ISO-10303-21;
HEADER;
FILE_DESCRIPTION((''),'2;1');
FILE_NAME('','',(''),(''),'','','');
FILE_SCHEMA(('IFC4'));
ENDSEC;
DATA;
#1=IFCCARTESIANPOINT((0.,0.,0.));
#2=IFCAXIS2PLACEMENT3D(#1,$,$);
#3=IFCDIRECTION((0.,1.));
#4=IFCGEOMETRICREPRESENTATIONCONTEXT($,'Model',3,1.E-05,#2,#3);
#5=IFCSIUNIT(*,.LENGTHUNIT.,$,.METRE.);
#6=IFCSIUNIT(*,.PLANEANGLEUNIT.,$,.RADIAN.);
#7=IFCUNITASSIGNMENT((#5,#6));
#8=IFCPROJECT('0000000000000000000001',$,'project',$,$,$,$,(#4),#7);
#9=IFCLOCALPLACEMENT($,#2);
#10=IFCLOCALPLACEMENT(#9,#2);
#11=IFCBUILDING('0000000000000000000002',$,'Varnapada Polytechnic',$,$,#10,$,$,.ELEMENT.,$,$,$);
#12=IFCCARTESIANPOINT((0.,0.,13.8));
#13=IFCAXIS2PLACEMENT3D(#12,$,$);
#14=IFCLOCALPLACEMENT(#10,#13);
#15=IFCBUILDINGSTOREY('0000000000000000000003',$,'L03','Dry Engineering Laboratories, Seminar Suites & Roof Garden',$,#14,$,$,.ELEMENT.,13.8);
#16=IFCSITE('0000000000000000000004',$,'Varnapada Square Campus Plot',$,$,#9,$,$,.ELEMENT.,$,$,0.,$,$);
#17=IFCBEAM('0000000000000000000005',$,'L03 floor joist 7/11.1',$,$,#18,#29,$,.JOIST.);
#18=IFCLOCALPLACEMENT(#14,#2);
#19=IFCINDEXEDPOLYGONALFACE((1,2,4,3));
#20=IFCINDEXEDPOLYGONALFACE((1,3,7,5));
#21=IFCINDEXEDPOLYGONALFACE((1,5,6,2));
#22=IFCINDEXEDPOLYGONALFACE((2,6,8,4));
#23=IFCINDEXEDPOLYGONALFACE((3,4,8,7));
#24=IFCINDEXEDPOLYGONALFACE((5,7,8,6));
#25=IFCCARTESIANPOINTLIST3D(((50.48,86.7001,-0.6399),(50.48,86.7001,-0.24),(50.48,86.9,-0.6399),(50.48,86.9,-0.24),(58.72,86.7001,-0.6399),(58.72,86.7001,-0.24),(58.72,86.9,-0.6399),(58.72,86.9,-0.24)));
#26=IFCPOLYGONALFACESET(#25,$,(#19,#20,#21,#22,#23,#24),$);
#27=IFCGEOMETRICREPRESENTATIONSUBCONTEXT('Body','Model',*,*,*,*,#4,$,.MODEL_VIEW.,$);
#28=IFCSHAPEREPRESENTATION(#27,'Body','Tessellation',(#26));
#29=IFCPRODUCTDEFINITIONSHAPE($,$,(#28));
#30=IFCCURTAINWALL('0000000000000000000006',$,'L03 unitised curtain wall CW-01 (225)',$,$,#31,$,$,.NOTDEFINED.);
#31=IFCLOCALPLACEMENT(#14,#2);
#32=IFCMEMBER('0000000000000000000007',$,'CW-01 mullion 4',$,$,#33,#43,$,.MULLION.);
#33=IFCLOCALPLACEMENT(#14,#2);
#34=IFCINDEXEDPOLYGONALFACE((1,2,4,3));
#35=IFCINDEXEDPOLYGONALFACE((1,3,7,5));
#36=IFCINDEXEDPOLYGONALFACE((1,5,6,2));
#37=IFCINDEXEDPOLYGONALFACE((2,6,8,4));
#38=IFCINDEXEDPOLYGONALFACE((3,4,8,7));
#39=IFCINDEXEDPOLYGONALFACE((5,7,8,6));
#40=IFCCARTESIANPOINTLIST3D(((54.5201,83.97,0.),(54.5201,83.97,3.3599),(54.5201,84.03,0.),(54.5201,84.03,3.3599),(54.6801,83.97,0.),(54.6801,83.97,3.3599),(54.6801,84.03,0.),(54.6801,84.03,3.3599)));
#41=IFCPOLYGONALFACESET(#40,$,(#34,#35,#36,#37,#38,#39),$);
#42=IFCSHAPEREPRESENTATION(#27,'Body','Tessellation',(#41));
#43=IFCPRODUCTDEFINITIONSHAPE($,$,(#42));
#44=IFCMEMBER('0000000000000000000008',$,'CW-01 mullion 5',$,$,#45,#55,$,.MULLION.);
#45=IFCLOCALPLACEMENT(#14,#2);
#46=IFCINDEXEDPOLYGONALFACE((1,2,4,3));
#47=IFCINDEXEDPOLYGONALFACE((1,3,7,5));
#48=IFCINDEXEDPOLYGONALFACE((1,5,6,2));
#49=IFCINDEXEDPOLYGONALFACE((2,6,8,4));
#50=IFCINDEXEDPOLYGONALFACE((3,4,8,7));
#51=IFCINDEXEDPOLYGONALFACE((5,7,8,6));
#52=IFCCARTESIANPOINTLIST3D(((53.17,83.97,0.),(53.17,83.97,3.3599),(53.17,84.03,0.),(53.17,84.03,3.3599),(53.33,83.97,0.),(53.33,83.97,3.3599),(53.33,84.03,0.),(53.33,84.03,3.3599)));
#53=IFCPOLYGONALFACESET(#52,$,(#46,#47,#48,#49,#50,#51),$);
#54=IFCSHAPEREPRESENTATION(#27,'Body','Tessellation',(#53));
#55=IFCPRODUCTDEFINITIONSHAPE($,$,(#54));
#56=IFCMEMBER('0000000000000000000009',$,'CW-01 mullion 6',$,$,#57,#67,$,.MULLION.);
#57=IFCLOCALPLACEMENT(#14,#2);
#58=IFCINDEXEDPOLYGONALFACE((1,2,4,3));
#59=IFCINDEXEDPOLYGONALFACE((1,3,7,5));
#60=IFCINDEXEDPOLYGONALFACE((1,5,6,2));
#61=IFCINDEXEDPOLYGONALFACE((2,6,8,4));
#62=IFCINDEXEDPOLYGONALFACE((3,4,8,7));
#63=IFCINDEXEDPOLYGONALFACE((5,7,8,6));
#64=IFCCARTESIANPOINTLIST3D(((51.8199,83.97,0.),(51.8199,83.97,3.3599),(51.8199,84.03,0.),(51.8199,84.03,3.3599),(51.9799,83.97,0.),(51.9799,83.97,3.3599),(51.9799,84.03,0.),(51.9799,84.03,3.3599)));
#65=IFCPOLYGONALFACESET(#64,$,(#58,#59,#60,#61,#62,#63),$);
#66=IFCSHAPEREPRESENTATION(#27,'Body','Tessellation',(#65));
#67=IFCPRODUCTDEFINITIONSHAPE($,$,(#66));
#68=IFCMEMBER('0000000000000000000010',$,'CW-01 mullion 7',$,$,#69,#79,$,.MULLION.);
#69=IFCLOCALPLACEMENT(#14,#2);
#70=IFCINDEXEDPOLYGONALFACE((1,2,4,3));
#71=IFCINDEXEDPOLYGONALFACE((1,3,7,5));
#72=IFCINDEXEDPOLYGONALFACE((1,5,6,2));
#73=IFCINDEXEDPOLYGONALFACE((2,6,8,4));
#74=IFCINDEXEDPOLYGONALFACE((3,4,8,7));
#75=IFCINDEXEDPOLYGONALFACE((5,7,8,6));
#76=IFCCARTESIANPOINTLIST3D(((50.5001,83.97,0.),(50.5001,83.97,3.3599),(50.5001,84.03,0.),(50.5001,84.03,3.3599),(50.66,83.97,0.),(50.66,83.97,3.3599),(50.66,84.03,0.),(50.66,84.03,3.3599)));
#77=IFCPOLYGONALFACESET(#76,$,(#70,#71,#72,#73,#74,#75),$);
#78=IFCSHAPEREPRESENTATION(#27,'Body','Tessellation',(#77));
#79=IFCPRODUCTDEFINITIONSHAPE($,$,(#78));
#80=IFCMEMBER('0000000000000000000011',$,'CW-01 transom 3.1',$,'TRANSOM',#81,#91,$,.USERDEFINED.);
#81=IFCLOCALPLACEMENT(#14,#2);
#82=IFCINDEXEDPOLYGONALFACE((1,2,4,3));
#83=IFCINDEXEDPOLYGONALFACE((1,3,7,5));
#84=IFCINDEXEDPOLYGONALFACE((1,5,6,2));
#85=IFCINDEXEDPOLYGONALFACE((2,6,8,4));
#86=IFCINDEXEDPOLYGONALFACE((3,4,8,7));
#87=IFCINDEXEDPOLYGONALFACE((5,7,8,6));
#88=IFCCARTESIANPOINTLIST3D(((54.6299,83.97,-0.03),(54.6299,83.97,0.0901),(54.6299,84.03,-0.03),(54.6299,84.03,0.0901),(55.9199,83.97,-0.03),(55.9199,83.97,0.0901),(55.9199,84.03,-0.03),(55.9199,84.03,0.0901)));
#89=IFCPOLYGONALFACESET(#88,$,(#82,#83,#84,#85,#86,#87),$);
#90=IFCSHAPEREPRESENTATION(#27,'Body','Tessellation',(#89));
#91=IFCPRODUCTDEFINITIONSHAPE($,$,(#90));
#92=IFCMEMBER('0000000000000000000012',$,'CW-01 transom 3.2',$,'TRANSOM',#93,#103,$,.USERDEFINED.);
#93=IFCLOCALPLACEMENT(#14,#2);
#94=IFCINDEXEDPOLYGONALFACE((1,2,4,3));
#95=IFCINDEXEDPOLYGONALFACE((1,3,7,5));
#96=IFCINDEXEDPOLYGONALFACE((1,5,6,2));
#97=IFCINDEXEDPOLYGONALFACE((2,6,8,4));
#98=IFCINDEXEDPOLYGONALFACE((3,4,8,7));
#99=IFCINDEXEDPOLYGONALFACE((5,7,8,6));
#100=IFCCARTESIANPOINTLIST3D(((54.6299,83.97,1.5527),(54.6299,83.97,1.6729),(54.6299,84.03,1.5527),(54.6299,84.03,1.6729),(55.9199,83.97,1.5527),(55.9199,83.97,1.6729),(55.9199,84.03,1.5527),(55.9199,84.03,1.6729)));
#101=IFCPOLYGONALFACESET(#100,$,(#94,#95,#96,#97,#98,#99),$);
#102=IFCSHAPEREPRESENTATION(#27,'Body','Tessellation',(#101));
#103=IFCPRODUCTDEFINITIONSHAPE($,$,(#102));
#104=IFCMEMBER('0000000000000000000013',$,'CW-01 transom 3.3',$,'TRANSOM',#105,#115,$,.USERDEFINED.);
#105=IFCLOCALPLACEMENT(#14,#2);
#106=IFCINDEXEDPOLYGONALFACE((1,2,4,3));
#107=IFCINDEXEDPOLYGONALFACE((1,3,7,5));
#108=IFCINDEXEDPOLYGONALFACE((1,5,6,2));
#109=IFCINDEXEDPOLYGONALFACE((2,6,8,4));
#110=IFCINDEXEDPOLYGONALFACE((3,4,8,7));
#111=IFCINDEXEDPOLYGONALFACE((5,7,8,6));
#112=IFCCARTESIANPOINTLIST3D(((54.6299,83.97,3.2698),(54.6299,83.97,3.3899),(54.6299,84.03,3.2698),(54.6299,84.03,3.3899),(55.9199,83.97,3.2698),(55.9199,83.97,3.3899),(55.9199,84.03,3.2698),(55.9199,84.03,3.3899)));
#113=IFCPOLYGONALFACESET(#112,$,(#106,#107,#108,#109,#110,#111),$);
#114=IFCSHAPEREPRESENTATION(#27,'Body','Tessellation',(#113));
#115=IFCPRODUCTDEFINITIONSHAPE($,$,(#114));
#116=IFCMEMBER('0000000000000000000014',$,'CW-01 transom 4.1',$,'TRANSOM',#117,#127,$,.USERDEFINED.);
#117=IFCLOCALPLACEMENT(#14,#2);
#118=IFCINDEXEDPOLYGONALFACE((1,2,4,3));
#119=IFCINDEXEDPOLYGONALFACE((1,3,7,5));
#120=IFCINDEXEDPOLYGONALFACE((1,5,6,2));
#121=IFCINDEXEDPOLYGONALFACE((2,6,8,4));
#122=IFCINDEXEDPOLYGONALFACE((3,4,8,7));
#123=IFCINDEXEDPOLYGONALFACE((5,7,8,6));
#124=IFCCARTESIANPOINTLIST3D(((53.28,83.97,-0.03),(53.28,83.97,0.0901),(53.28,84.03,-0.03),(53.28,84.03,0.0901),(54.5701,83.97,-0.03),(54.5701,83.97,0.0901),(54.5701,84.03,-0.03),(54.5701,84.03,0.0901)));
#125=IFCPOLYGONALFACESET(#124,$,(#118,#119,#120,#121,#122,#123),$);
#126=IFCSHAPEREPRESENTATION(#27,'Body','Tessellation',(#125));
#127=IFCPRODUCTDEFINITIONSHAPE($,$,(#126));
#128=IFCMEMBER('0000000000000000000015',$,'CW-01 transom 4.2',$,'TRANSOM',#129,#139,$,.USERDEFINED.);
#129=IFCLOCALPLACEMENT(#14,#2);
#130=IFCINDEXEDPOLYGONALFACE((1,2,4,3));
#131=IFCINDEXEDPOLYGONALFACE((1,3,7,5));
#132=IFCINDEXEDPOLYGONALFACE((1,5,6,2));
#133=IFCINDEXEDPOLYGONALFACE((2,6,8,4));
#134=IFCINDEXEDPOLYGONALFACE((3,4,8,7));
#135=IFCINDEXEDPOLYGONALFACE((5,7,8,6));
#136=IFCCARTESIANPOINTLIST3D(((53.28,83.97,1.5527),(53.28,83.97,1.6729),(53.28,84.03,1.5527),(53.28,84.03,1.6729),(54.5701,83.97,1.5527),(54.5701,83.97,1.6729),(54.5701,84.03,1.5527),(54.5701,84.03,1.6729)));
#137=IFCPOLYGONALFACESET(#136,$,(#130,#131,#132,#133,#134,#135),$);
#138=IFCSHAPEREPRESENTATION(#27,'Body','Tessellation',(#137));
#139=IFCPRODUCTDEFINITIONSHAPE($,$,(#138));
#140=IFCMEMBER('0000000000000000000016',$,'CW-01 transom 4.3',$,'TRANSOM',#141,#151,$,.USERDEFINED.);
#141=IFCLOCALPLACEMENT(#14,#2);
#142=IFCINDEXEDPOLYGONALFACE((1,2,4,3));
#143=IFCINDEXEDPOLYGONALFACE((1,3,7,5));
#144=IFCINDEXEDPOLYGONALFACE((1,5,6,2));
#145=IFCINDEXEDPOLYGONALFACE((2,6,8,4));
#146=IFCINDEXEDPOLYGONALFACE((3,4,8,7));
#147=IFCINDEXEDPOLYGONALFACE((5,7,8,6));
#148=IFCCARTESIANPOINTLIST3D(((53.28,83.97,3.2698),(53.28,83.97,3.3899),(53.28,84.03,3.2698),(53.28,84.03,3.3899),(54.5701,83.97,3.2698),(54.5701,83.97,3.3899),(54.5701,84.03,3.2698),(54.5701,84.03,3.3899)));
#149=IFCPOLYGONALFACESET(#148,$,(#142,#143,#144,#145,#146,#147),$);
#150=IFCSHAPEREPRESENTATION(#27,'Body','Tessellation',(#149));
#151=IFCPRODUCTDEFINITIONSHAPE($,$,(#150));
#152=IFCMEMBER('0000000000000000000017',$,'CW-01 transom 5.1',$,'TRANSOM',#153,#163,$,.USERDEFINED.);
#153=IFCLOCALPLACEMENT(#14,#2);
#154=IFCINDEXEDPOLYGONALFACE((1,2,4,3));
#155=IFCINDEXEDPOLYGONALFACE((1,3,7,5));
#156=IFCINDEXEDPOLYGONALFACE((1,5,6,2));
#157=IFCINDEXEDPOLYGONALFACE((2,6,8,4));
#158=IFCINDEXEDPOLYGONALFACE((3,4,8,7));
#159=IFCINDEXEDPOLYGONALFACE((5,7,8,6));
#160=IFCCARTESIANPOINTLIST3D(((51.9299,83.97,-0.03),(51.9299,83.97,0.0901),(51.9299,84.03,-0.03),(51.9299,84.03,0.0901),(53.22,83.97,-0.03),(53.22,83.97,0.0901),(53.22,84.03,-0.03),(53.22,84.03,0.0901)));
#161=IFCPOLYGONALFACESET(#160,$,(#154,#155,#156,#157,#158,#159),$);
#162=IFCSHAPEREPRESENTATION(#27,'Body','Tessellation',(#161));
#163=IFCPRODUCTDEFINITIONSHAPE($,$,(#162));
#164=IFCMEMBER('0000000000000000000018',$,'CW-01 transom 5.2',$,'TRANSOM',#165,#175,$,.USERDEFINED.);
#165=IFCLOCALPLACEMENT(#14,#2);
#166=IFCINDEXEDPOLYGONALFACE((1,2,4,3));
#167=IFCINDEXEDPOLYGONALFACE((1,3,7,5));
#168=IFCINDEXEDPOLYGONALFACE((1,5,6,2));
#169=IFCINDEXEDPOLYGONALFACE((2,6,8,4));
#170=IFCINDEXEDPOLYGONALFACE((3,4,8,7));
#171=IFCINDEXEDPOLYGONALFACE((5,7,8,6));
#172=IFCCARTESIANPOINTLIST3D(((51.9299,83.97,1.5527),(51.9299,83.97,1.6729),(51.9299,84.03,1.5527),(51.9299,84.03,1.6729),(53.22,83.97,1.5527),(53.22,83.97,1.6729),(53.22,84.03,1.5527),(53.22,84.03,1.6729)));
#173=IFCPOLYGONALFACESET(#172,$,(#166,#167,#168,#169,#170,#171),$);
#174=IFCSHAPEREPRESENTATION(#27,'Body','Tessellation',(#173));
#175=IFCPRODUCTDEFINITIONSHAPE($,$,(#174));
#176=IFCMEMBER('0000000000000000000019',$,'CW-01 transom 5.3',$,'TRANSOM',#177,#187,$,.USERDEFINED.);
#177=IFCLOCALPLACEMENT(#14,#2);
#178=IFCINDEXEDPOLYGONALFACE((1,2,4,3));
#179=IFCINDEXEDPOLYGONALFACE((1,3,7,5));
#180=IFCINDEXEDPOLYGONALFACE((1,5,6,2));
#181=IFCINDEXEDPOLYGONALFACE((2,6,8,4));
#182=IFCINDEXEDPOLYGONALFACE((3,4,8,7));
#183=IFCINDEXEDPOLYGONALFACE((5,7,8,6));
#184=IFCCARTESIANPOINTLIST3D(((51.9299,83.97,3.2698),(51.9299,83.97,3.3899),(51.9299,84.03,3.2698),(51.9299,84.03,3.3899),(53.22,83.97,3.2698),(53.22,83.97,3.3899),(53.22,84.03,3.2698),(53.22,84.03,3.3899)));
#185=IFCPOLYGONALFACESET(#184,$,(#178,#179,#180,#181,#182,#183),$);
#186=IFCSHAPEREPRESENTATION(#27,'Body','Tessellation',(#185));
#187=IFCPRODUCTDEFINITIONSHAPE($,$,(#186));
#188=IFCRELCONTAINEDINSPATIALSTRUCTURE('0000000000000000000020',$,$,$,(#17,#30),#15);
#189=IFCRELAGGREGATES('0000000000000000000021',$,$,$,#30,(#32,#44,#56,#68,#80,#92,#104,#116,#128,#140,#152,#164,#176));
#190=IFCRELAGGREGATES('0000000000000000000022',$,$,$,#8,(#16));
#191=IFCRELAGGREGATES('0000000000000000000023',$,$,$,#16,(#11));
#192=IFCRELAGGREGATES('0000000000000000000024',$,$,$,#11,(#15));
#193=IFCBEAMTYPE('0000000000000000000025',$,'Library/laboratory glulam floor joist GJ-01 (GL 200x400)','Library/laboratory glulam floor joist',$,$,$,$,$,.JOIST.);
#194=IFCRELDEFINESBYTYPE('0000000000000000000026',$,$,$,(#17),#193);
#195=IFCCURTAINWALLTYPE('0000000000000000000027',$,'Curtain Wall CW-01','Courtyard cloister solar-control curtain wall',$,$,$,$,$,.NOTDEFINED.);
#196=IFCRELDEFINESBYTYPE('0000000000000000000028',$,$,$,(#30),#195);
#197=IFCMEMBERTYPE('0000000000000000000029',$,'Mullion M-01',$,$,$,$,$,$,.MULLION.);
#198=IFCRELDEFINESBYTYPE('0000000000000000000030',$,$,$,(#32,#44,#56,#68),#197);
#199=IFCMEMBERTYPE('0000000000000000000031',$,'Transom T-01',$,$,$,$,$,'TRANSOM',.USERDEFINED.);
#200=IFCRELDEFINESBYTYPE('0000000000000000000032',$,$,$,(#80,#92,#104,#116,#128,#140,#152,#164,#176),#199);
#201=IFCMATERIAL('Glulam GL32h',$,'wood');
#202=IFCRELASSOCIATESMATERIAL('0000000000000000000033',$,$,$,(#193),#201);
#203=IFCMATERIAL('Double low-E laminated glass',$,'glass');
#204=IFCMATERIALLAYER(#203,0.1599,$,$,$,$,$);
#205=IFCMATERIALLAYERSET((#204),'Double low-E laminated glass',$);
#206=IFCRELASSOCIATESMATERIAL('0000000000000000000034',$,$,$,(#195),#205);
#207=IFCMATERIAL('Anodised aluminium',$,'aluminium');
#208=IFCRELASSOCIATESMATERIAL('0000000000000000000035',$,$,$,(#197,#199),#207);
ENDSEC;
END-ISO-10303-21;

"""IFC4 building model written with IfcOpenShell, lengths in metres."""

from ifc_helpers import new_model, si_unit, direction, frame, origin, origin_2d, place, context, subcontext, project, spatial, rectangle, extrude, material, layer, layer_set, material_profile, profile_set, type_object, element, aggregate, save


model = new_model("IFC4")

# Units and contexts
model_context = context("Model", 3, precision=1e-05, world=origin(), true_north=direction((0.0, 1.0)))
body_context = subcontext(model_context, "Body", "Model", "MODEL_VIEW")
ifc_project = project(units=[si_unit("LENGTHUNIT", "METRE"), si_unit("PLANEANGLEUNIT", "RADIAN")], contexts=[model_context])

# Site, building, storey
site_placement = place(None, origin())
site = spatial("IfcSite", under=ifc_project, at=site_placement, Name="Varnapada Square Campus Plot", CompositionType="ELEMENT", RefElevation=0.0)
building_placement = place(site_placement, origin())
building = spatial("IfcBuilding", under=site, at=building_placement, Name="Varnapada Polytechnic", CompositionType="ELEMENT")
storey_placement = place(building_placement, frame((0.0, 0.0, 13.8)))
storey = spatial("IfcBuildingStorey", under=building, at=storey_placement, Name="L03", Description="Dry Engineering Laboratories, Seminar Suites & Roof Garden", CompositionType="ELEMENT", Elevation=13.8)

# Beam
ifc_material_1 = material(Name="Glulam GL32h", Category="wood")
ifc_material_profile_1 = material_profile(ifc_material_1, rectangle(XDim=0.2, YDim=0.3999, at=origin_2d()), Name="GL 200x400")
ifc_profile_set_1 = profile_set([ifc_material_profile_1], Name="Glulam GL32h")
beam_type = type_object("IfcBeamType", Name="Library/laboratory glulam floor joist GJ-01 (GL 200x400)", Description="Library/laboratory glulam floor joist", PredefinedType="JOIST", material=ifc_profile_set_1)
beam_placement = place(storey_placement, frame((50.48, 86.8, -0.4399), z_axis=(1.0, 0.0, 0.0), x_axis=(0.0, 1.0, 0.0)))
element("IfcBeam", 1, at=beam_placement, inside=storey, type_object=beam_type, Name="L03 floor joist 7/11.1", PredefinedType="JOIST", context=body_context, shape_type="SweptSolid", body=[
    extrude(rectangle(XDim=0.2, YDim=0.3999, at=origin_2d()), origin(), (0.0, 0.0, 1.0), 8.24),
])

# Curtain wall, members
ifc_material_2 = material(Name="Double low-E laminated glass", Category="glass")
ifc_layer_1 = layer(ifc_material_2, 0.1599)
ifc_layer_set_1 = layer_set([ifc_layer_1], Name="Double low-E laminated glass")
curtain_wall_type = type_object("IfcCurtainWallType", Name="Curtain Wall CW-01", Description="Courtyard cloister solar-control curtain wall", PredefinedType="NOTDEFINED", material=ifc_layer_set_1)
curtain_wall_placement = place(storey_placement, origin())
curtain_wall = element("IfcCurtainWall", 2, at=curtain_wall_placement, inside=storey, type_object=curtain_wall_type, Name="L03 unitised curtain wall CW-01 (225)", PredefinedType="NOTDEFINED")
ifc_material_3 = material(Name="Anodised aluminium", Category="aluminium")
ifc_material_profile_2 = material_profile(ifc_material_3, rectangle(XDim=0.0601, YDim=0.1599, at=origin_2d()), Name="ALU M60x160")
ifc_profile_set_2 = profile_set([ifc_material_profile_2], Name="Anodised aluminium")
member_type_1 = type_object("IfcMemberType", Name="Mullion M-01", PredefinedType="MULLION", material=ifc_profile_set_2)
member_1_placement = place(storey_placement, frame((54.6001, 84.0, 0.0), z_axis=(0.0, 0.0, 1.0), x_axis=(0.0, -1.0, 0.0)))
member_1 = element("IfcMember", 3, at=member_1_placement, type_object=member_type_1, Name="CW-01 mullion 4", PredefinedType="MULLION", context=body_context, shape_type="SweptSolid", body=[
    extrude(rectangle(XDim=0.0601, YDim=0.1599, at=origin_2d()), origin(), (0.0, 0.0, 1.0), 3.3599),
])
member_2_placement = place(storey_placement, frame((53.25, 84.0, 0.0), z_axis=(0.0, 0.0, 1.0), x_axis=(0.0, -1.0, 0.0)))
member_2 = element("IfcMember", 4, at=member_2_placement, type_object=member_type_1, Name="CW-01 mullion 5", PredefinedType="MULLION", context=body_context, shape_type="SweptSolid", body=[
    extrude(rectangle(XDim=0.0601, YDim=0.1599, at=origin_2d()), origin(), (0.0, 0.0, 1.0), 3.3599),
])
member_3_placement = place(storey_placement, frame((51.8999, 84.0, 0.0), z_axis=(0.0, 0.0, 1.0), x_axis=(0.0, -1.0, 0.0)))
member_3 = element("IfcMember", 5, at=member_3_placement, type_object=member_type_1, Name="CW-01 mullion 6", PredefinedType="MULLION", context=body_context, shape_type="SweptSolid", body=[
    extrude(rectangle(XDim=0.0601, YDim=0.1599, at=origin_2d()), origin(), (0.0, 0.0, 1.0), 3.3599),
])
member_4_placement = place(storey_placement, frame((50.5801, 84.0, 0.0), z_axis=(0.0, 0.0, 1.0), x_axis=(0.0, -1.0, 0.0)))
member_4 = element("IfcMember", 6, at=member_4_placement, type_object=member_type_1, Name="CW-01 mullion 7", PredefinedType="MULLION", context=body_context, shape_type="SweptSolid", body=[
    extrude(rectangle(XDim=0.0601, YDim=0.1599, at=origin_2d()), origin(), (0.0, 0.0, 1.0), 3.3599),
])
ifc_material_profile_3 = material_profile(ifc_material_3, rectangle(XDim=0.0601, YDim=0.1201, at=origin_2d()), Name="ALU T60x120")
ifc_profile_set_3 = profile_set([ifc_material_profile_3], Name="Anodised aluminium")
member_type_2 = type_object("IfcMemberType", Name="Transom T-01", ElementType="TRANSOM", PredefinedType="USERDEFINED", material=ifc_profile_set_3)
member_5_placement = place(storey_placement, frame((55.9199, 84.0, 0.03), z_axis=(-1.0, 0.0, 0.0), x_axis=(0.0, -1.0, 0.0)))
member_5 = element("IfcMember", 7, at=member_5_placement, type_object=member_type_2, Name="CW-01 transom 3.1", ObjectType="TRANSOM", PredefinedType="USERDEFINED", context=body_context, shape_type="SweptSolid", body=[
    extrude(rectangle(XDim=0.0601, YDim=0.1201, at=origin_2d()), origin(), (0.0, 0.0, 1.0), 1.29),
])
member_6_placement = place(storey_placement, frame((55.9199, 84.0, 1.6128), z_axis=(-1.0, 0.0, 0.0), x_axis=(0.0, -1.0, 0.0)))
member_6 = element("IfcMember", 8, at=member_6_placement, type_object=member_type_2, Name="CW-01 transom 3.2", ObjectType="TRANSOM", PredefinedType="USERDEFINED", context=body_context, shape_type="SweptSolid", body=[
    extrude(rectangle(XDim=0.0601, YDim=0.1201, at=origin_2d()), origin(), (0.0, 0.0, 1.0), 1.29),
])
member_7_placement = place(storey_placement, frame((55.9199, 84.0, 3.3298), z_axis=(-1.0, 0.0, 0.0), x_axis=(0.0, -1.0, 0.0)))
member_7 = element("IfcMember", 9, at=member_7_placement, type_object=member_type_2, Name="CW-01 transom 3.3", ObjectType="TRANSOM", PredefinedType="USERDEFINED", context=body_context, shape_type="SweptSolid", body=[
    extrude(rectangle(XDim=0.0601, YDim=0.1201, at=origin_2d()), origin(), (0.0, 0.0, 1.0), 1.29),
])
member_8_placement = place(storey_placement, frame((54.5701, 84.0, 0.03), z_axis=(-1.0, 0.0, 0.0), x_axis=(0.0, -1.0, 0.0)))
member_8 = element("IfcMember", 10, at=member_8_placement, type_object=member_type_2, Name="CW-01 transom 4.1", ObjectType="TRANSOM", PredefinedType="USERDEFINED", context=body_context, shape_type="SweptSolid", body=[
    extrude(rectangle(XDim=0.0601, YDim=0.1201, at=origin_2d()), origin(), (0.0, 0.0, 1.0), 1.29),
])
member_9_placement = place(storey_placement, frame((54.5701, 84.0, 1.6128), z_axis=(-1.0, 0.0, 0.0), x_axis=(0.0, -1.0, 0.0)))
member_9 = element("IfcMember", 11, at=member_9_placement, type_object=member_type_2, Name="CW-01 transom 4.2", ObjectType="TRANSOM", PredefinedType="USERDEFINED", context=body_context, shape_type="SweptSolid", body=[
    extrude(rectangle(XDim=0.0601, YDim=0.1201, at=origin_2d()), origin(), (0.0, 0.0, 1.0), 1.29),
])
member_10_placement = place(storey_placement, frame((54.5701, 84.0, 3.3298), z_axis=(-1.0, 0.0, 0.0), x_axis=(0.0, -1.0, 0.0)))
member_10 = element("IfcMember", 12, at=member_10_placement, type_object=member_type_2, Name="CW-01 transom 4.3", ObjectType="TRANSOM", PredefinedType="USERDEFINED", context=body_context, shape_type="SweptSolid", body=[
    extrude(rectangle(XDim=0.0601, YDim=0.1201, at=origin_2d()), origin(), (0.0, 0.0, 1.0), 1.29),
])
member_11_placement = place(storey_placement, frame((53.22, 84.0, 0.03), z_axis=(-1.0, 0.0, 0.0), x_axis=(0.0, -1.0, 0.0)))
member_11 = element("IfcMember", 13, at=member_11_placement, type_object=member_type_2, Name="CW-01 transom 5.1", ObjectType="TRANSOM", PredefinedType="USERDEFINED", context=body_context, shape_type="SweptSolid", body=[
    extrude(rectangle(XDim=0.0601, YDim=0.1201, at=origin_2d()), origin(), (0.0, 0.0, 1.0), 1.29),
])
member_12_placement = place(storey_placement, frame((53.22, 84.0, 1.6128), z_axis=(-1.0, 0.0, 0.0), x_axis=(0.0, -1.0, 0.0)))
member_12 = element("IfcMember", 14, at=member_12_placement, type_object=member_type_2, Name="CW-01 transom 5.2", ObjectType="TRANSOM", PredefinedType="USERDEFINED", context=body_context, shape_type="SweptSolid", body=[
    extrude(rectangle(XDim=0.0601, YDim=0.1201, at=origin_2d()), origin(), (0.0, 0.0, 1.0), 1.29),
])
member_13_placement = place(storey_placement, frame((53.22, 84.0, 3.3298), z_axis=(-1.0, 0.0, 0.0), x_axis=(0.0, -1.0, 0.0)))
member_13 = element("IfcMember", 15, at=member_13_placement, type_object=member_type_2, Name="CW-01 transom 5.3", ObjectType="TRANSOM", PredefinedType="USERDEFINED", context=body_context, shape_type="SweptSolid", body=[
    extrude(rectangle(XDim=0.0601, YDim=0.1201, at=origin_2d()), origin(), (0.0, 0.0, 1.0), 1.29),
])
aggregate(curtain_wall, [member_1, member_2, member_3, member_4, member_5, member_6, member_7, member_8, member_9, member_10, member_11, member_12, member_13])

save(model, "model.ifc")
